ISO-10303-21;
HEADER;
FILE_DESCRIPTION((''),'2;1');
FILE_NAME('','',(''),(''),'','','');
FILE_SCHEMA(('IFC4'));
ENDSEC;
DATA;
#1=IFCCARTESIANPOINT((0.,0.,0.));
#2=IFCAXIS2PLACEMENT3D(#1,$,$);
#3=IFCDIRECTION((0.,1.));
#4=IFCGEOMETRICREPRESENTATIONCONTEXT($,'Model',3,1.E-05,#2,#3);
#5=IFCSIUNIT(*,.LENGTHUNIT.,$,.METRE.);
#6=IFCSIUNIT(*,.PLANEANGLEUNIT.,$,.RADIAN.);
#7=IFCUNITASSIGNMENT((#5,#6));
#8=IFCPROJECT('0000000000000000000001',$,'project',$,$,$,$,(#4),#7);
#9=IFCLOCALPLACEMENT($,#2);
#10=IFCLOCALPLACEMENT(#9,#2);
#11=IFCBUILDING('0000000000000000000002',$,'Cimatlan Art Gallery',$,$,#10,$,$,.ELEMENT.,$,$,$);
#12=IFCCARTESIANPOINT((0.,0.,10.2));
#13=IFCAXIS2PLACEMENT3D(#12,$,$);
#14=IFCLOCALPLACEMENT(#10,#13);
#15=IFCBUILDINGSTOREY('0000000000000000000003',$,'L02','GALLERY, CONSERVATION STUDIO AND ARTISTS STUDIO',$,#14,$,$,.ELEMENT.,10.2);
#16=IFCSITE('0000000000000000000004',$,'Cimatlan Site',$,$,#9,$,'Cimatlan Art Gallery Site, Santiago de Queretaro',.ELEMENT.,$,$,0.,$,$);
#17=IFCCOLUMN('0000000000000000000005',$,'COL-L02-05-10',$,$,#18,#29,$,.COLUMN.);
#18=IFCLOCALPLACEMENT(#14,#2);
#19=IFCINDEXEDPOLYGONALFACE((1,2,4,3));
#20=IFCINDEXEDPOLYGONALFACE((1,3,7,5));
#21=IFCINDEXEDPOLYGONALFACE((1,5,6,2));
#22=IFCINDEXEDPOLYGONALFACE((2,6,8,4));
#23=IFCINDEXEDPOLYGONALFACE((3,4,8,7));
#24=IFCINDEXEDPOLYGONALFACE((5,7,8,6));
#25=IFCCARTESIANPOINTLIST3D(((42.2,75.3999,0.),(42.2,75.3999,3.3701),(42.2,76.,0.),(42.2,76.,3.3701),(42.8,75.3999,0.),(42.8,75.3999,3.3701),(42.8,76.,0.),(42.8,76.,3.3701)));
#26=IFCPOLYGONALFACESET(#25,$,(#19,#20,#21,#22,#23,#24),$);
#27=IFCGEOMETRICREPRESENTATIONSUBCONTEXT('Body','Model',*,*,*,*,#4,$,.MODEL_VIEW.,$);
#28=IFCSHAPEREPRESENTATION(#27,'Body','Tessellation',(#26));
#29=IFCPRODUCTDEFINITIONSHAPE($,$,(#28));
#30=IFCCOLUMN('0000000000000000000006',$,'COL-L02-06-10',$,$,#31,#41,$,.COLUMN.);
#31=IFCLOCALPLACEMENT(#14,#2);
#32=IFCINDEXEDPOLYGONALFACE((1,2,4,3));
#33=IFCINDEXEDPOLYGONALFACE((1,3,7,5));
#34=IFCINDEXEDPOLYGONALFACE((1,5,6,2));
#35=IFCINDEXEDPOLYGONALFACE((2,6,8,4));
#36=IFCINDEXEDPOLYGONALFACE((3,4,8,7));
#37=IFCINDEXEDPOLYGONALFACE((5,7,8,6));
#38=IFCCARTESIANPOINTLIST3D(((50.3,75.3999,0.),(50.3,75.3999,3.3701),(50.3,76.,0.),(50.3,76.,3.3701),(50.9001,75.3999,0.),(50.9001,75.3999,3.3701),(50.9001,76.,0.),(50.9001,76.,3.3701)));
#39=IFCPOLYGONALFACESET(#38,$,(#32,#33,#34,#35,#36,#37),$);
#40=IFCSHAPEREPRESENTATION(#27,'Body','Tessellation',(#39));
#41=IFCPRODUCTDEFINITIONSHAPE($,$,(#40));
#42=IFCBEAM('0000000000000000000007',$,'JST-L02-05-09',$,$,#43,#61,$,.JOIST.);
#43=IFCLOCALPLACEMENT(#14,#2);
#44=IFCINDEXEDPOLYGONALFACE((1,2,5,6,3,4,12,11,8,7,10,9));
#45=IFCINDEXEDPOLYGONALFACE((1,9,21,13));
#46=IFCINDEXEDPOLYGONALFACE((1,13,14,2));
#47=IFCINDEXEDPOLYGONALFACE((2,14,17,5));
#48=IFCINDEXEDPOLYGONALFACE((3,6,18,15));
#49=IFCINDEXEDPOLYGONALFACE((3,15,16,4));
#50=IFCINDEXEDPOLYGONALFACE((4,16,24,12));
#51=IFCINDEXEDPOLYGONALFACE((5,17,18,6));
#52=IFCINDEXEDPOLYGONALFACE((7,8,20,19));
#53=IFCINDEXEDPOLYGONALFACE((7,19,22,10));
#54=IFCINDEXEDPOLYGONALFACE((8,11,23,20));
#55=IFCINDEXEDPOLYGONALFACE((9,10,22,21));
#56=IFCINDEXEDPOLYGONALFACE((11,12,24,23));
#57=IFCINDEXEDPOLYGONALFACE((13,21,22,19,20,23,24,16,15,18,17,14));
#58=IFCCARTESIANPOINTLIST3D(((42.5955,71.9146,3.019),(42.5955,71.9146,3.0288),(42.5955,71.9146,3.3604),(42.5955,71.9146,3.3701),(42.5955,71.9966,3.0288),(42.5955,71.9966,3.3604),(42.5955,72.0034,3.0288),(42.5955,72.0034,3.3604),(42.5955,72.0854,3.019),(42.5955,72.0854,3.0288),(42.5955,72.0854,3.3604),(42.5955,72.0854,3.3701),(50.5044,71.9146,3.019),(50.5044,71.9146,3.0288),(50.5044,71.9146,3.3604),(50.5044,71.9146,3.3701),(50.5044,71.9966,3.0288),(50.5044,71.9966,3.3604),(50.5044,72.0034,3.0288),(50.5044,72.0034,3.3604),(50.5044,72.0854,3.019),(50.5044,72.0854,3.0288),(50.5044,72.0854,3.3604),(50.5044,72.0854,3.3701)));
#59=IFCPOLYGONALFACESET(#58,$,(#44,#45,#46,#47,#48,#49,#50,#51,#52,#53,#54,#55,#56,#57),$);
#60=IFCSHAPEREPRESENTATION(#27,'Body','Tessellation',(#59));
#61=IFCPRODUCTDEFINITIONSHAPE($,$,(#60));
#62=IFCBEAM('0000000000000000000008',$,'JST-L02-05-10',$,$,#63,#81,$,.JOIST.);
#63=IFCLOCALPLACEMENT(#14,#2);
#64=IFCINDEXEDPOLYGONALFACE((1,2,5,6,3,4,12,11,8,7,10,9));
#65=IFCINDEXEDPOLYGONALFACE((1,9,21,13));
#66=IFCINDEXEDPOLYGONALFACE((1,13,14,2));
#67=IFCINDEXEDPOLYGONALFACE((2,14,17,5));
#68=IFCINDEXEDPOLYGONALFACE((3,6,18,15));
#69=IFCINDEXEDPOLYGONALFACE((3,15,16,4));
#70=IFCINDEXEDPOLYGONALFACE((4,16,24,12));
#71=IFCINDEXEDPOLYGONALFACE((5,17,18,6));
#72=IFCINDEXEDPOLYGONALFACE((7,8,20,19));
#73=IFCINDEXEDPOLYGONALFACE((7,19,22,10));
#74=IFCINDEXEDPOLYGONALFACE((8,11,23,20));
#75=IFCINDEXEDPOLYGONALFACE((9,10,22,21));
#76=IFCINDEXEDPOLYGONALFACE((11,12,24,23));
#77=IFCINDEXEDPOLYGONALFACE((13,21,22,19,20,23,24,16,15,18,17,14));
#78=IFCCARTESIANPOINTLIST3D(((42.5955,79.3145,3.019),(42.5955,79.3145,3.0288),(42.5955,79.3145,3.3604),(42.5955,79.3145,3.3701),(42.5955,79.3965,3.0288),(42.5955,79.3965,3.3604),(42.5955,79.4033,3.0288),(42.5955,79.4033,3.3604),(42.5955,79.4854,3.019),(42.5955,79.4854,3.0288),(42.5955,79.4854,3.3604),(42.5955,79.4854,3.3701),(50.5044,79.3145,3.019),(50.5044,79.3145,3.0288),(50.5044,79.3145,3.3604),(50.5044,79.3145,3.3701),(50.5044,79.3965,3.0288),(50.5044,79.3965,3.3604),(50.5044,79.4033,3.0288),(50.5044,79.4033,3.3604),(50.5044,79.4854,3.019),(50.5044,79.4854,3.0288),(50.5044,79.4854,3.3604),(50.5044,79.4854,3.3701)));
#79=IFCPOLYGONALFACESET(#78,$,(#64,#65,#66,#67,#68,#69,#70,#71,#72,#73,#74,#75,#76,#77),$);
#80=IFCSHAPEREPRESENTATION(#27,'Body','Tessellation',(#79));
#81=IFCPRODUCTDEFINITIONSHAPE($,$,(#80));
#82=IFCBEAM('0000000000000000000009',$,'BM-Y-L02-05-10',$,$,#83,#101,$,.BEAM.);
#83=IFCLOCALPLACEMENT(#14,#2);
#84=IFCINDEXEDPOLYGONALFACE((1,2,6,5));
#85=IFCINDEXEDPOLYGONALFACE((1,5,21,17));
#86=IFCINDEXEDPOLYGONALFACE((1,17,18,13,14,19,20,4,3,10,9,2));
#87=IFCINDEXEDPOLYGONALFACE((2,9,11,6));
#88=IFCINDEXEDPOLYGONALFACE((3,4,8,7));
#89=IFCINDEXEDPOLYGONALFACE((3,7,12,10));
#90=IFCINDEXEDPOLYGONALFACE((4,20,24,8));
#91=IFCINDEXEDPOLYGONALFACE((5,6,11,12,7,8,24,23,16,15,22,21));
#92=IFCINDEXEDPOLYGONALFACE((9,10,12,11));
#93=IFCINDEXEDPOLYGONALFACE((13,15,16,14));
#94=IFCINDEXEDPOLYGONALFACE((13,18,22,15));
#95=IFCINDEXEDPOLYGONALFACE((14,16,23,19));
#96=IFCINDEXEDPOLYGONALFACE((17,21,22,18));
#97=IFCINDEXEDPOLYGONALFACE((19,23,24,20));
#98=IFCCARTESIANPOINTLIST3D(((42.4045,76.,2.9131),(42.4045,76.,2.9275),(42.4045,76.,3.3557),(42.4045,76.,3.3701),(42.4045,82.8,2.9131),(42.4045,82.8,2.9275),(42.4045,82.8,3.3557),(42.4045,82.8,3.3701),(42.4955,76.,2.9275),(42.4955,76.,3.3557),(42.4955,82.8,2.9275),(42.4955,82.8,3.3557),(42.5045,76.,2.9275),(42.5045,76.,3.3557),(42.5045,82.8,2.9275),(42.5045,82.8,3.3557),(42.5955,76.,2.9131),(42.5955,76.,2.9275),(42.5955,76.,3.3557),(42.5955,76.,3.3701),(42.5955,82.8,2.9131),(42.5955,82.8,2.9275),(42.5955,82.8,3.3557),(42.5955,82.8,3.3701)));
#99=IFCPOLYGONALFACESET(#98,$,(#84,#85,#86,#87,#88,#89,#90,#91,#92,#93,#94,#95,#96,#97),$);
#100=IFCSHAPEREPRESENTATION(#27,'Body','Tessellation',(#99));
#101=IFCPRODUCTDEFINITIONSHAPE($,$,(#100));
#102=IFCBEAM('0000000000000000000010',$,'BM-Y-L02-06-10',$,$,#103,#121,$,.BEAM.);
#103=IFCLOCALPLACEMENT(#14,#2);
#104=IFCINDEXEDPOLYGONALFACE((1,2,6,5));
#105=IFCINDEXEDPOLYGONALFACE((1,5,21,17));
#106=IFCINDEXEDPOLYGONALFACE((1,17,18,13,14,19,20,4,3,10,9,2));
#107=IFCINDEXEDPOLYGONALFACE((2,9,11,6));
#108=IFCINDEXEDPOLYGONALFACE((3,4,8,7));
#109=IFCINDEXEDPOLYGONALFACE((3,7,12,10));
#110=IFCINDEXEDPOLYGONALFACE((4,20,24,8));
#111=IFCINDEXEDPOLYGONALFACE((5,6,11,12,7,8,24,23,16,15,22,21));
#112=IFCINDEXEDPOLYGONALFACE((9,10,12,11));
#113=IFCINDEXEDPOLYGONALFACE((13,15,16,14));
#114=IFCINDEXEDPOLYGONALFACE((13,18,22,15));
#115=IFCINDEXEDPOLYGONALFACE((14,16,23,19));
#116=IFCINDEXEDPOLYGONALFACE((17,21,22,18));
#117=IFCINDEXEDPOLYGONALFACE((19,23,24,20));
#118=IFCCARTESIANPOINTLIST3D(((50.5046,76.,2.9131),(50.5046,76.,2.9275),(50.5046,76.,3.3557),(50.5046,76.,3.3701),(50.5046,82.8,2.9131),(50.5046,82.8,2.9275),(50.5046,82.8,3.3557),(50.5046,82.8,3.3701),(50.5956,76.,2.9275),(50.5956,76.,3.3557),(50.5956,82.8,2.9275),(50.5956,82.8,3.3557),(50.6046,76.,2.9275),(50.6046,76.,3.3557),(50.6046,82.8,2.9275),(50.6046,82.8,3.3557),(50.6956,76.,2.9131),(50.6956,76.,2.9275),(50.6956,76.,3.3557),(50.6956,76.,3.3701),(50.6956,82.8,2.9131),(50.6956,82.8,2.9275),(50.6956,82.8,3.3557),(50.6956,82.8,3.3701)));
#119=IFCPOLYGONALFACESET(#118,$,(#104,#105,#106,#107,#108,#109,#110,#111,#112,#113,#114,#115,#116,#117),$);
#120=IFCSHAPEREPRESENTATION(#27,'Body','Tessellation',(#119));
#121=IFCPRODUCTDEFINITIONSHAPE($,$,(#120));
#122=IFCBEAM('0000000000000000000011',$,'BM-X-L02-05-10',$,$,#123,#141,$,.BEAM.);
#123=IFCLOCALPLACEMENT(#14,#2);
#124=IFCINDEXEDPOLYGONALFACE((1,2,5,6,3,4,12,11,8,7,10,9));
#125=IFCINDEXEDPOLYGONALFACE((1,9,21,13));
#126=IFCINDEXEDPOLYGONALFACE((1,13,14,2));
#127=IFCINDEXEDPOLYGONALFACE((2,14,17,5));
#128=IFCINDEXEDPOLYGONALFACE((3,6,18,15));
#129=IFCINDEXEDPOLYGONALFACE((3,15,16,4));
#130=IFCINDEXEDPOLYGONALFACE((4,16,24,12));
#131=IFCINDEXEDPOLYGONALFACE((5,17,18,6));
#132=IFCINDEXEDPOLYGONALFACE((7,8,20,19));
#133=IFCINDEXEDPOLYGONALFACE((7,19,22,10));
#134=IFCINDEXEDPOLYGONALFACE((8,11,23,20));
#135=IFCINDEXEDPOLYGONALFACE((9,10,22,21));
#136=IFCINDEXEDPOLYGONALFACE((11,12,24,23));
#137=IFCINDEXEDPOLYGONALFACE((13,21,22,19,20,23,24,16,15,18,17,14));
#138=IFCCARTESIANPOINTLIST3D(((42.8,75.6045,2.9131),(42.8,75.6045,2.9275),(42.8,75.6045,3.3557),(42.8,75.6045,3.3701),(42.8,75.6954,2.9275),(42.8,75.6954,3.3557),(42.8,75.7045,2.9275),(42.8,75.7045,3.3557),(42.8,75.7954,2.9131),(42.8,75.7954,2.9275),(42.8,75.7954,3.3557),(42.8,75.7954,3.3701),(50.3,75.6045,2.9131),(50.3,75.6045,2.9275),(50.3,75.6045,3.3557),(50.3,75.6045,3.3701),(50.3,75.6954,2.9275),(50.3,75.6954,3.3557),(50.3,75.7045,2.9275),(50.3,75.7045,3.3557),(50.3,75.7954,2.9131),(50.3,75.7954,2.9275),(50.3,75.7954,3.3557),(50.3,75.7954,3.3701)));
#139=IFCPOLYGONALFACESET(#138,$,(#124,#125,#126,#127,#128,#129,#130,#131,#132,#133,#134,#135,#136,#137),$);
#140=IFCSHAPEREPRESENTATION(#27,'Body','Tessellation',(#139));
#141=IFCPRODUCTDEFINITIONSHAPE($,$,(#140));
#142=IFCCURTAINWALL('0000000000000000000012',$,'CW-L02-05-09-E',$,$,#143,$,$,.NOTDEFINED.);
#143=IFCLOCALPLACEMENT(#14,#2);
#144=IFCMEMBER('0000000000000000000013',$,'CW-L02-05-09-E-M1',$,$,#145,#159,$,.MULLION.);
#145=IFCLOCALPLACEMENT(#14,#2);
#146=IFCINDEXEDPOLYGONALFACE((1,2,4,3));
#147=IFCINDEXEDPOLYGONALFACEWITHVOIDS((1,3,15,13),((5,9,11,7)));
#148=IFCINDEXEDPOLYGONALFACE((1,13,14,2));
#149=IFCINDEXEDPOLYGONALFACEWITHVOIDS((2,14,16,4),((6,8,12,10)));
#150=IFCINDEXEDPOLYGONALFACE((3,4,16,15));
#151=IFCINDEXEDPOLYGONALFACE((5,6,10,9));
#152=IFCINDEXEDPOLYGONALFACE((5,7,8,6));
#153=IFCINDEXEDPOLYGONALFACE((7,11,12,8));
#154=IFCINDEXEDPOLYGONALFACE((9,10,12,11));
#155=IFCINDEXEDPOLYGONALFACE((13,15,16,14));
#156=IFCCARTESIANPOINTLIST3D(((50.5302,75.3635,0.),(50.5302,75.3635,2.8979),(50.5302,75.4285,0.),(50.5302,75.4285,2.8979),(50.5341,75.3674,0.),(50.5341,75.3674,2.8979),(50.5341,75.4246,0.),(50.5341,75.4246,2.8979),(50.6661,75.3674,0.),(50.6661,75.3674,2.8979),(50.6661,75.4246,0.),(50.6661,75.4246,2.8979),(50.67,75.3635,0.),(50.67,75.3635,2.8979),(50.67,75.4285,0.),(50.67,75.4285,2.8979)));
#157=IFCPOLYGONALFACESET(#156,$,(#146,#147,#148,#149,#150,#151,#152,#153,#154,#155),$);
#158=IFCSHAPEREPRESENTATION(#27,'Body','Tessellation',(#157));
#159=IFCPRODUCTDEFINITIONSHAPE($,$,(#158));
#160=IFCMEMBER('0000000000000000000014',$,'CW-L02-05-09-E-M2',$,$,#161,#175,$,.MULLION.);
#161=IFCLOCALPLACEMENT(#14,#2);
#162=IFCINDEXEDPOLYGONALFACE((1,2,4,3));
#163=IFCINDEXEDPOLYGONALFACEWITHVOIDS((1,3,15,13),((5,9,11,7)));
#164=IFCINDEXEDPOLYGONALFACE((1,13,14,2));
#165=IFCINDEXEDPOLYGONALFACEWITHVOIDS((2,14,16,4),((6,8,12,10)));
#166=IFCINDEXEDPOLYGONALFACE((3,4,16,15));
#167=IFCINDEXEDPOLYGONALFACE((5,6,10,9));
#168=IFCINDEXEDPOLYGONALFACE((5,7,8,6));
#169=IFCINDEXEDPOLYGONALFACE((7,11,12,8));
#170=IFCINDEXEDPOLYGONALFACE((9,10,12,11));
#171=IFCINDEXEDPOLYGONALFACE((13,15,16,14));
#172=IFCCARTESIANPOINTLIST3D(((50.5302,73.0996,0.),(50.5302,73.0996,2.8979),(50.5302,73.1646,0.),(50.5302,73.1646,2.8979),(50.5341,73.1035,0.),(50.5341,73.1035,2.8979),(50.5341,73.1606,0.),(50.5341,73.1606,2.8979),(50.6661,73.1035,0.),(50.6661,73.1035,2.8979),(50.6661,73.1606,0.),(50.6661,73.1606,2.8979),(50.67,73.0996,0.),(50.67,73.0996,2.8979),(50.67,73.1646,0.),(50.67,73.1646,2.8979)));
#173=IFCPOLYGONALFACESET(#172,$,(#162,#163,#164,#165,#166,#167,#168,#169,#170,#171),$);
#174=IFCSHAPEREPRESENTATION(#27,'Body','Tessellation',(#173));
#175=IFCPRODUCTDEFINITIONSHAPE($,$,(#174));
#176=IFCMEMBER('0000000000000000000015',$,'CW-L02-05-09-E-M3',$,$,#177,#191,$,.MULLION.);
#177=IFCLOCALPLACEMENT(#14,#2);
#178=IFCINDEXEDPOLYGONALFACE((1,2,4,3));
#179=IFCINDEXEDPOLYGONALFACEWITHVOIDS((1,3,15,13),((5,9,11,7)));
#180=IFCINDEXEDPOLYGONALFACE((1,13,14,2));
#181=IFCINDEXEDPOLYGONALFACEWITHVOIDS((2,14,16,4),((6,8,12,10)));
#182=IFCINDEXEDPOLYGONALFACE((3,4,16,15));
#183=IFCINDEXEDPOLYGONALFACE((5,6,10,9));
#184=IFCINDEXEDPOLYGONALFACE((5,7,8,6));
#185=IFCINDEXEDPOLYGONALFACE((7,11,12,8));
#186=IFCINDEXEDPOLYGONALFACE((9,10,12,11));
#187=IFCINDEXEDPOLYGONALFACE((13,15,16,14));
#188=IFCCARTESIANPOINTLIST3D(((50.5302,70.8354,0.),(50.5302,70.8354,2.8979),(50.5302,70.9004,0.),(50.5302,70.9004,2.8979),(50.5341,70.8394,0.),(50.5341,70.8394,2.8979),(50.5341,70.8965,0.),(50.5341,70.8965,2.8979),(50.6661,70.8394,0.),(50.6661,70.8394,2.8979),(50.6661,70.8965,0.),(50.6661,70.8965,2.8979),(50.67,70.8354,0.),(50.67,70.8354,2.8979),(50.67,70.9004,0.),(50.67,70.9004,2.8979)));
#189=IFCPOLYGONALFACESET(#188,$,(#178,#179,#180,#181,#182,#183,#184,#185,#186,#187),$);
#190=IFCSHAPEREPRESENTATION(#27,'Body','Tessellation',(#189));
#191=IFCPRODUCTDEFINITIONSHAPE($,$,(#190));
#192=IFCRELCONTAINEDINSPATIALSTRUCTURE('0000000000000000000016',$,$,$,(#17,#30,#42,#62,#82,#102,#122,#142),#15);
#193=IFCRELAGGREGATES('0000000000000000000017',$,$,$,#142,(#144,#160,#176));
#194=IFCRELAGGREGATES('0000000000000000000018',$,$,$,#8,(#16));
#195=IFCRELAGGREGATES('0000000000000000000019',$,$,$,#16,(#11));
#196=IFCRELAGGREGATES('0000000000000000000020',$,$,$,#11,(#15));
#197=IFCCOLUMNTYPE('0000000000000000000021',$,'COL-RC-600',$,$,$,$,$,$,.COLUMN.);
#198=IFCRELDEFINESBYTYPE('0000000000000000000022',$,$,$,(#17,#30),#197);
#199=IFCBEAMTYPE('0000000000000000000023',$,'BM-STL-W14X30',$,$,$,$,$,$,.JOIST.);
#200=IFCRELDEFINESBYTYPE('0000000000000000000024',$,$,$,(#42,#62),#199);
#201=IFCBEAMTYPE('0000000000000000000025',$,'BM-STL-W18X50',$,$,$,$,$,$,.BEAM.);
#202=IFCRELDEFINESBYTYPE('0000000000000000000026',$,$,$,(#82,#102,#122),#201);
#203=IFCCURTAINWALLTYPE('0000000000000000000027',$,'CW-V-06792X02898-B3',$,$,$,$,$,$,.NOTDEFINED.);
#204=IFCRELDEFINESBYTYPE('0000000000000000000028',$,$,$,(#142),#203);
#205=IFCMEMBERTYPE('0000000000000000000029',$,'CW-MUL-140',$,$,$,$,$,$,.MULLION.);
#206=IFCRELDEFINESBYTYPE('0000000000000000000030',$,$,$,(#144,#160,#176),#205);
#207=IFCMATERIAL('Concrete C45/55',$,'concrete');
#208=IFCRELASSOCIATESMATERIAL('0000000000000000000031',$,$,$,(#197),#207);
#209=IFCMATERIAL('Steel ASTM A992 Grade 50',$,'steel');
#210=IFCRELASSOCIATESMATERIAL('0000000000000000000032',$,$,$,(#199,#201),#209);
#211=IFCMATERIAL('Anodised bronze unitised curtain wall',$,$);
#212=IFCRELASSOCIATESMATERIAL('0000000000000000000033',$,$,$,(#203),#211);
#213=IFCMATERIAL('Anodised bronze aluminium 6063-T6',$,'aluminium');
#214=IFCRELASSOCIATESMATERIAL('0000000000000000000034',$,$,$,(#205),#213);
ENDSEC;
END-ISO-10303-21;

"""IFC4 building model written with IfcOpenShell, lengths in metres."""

from ifc_helpers import new_model, si_unit, direction, frame, origin, origin_2d, place, context, subcontext, project, spatial, rectangle, hollow_rectangle, i_section, extrude, material, material_profile, profile_set, type_object, element, aggregate, save


model = new_model("IFC4")

# Units and contexts
model_context = context("Model", 3, precision=1e-05, world=origin(), true_north=direction((0.0, 1.0)))
body_context = subcontext(model_context, "Body", "Model", "MODEL_VIEW")
ifc_project = project(units=[si_unit("LENGTHUNIT", "METRE"), si_unit("PLANEANGLEUNIT", "RADIAN")], contexts=[model_context])

# Site, building, storey
site_placement = place(None, origin())
site = spatial("IfcSite", under=ifc_project, at=site_placement, Name="Cimatlan Site", LongName="Cimatlan Art Gallery Site, Santiago de Queretaro", CompositionType="ELEMENT", RefElevation=0.0)
building_placement = place(site_placement, origin())
building = spatial("IfcBuilding", under=site, at=building_placement, Name="Cimatlan Art Gallery", CompositionType="ELEMENT")
storey_placement = place(building_placement, frame((0.0, 0.0, 10.2)))
storey = spatial("IfcBuildingStorey", under=building, at=storey_placement, Name="L02", Description="GALLERY, CONSERVATION STUDIO AND ARTISTS STUDIO", CompositionType="ELEMENT", Elevation=10.2)

# Columns
ifc_material_1 = material(Name="Concrete C45/55", Category="concrete")
ifc_material_profile_1 = material_profile(ifc_material_1, rectangle(XDim=0.6001, YDim=0.6001, at=origin_2d()), Name="RC600X600")
ifc_profile_set_1 = profile_set([ifc_material_profile_1], Name="Concrete C45/55")
column_type = type_object("IfcColumnType", Name="COL-RC-600", PredefinedType="COLUMN", material=ifc_profile_set_1)
for number, where, z_axis, x_axis, name in (
    (1, (42.5, 75.7, 0.0), (0.0, 0.0, 1.0), (1.0, 0.0, 0.0), "COL-L02-05-10"),
    (2, (50.6001, 75.7, 0.0), (0.0, 0.0, 1.0), (1.0, 0.0, 0.0), "COL-L02-06-10"),
):
    element("IfcColumn", number, at=place(storey_placement, frame(where, z_axis=z_axis, x_axis=x_axis)), inside=storey, type_object=column_type, Name=name, PredefinedType="COLUMN", context=body_context, shape_type="SweptSolid", body=[
        extrude(rectangle(XDim=0.6001, YDim=0.6001, at=origin_2d()), origin(), (0.0, 0.0, 1.0), 3.3701),
    ])

# Beams
ifc_material_2 = material(Name="Steel ASTM A992 Grade 50", Category="steel")
ifc_material_profile_2 = material_profile(ifc_material_2, i_section(OverallWidth=0.1709, OverallDepth=0.3511, WebThickness=0.0068, FlangeThickness=0.0098, at=origin_2d()), Name="W14X30")
ifc_profile_set_2 = profile_set([ifc_material_profile_2], Name="Steel ASTM A992 Grade 50")
beam_type_1 = type_object("IfcBeamType", Name="BM-STL-W14X30", PredefinedType="JOIST", material=ifc_profile_set_2)
for number, where, z_axis, x_axis, name in (
    (3, (42.5955, 72.0, 3.1946), (1.0, 0.0, 0.0), (0.0, 1.0, 0.0), "JST-L02-05-09"),
    (4, (42.5955, 79.3999, 3.1946), (1.0, 0.0, 0.0), (0.0, 1.0, 0.0), "JST-L02-05-10"),
):
    element("IfcBeam", number, at=place(storey_placement, frame(where, z_axis=z_axis, x_axis=x_axis)), inside=storey, type_object=beam_type_1, Name=name, PredefinedType="JOIST", context=body_context, shape_type="SweptSolid", body=[
        extrude(i_section(OverallWidth=0.1709, OverallDepth=0.3511, WebThickness=0.0068, FlangeThickness=0.0098, at=origin_2d()), origin(), (0.0, 0.0, 1.0), 7.9089),
    ])
ifc_material_profile_3 = material_profile(ifc_material_2, i_section(OverallWidth=0.1909, OverallDepth=0.457, WebThickness=0.009, FlangeThickness=0.0144, at=origin_2d()), Name="W18X50")
ifc_profile_set_3 = profile_set([ifc_material_profile_3], Name="Steel ASTM A992 Grade 50")
beam_type_2 = type_object("IfcBeamType", Name="BM-STL-W18X50", PredefinedType="BEAM", material=ifc_profile_set_3)
for number, where, z_axis, x_axis, name in (
    (5, (42.5, 76.0, 3.1416), (0.0, 1.0, 0.0), (-1.0, 0.0, 0.0), "BM-Y-L02-05-10"),
    (6, (50.6001, 76.0, 3.1416), (0.0, 1.0, 0.0), (-1.0, 0.0, 0.0), "BM-Y-L02-06-10"),
):
    element("IfcBeam", number, at=place(storey_placement, frame(where, z_axis=z_axis, x_axis=x_axis)), inside=storey, type_object=beam_type_2, Name=name, PredefinedType="BEAM", context=body_context, shape_type="SweptSolid", body=[
        extrude(i_section(OverallWidth=0.1909, OverallDepth=0.457, WebThickness=0.009, FlangeThickness=0.0144, at=origin_2d()), origin(), (0.0, 0.0, 1.0), 6.8),
    ])
beam_placement = place(storey_placement, frame((42.8, 75.7, 3.1416), z_axis=(1.0, 0.0, 0.0), x_axis=(0.0, 1.0, 0.0)))
element("IfcBeam", 7, at=beam_placement, inside=storey, type_object=beam_type_2, Name="BM-X-L02-05-10", PredefinedType="BEAM", context=body_context, shape_type="SweptSolid", body=[
    extrude(i_section(OverallWidth=0.1909, OverallDepth=0.457, WebThickness=0.009, FlangeThickness=0.0144, at=origin_2d()), origin(), (0.0, 0.0, 1.0), 7.5),
])

# Curtain wall, members
ifc_material_3 = material(Name="Anodised bronze unitised curtain wall")
curtain_wall_type_1 = type_object("IfcCurtainWallType", Name="CW-V-06792X02898-B3", PredefinedType="NOTDEFINED", material=ifc_material_3)
curtain_wall_1_placement = place(storey_placement, origin())
curtain_wall_1 = element("IfcCurtainWall", 8, at=curtain_wall_1_placement, inside=storey, type_object=curtain_wall_type_1, Name="CW-L02-05-09-E", PredefinedType="NOTDEFINED")
ifc_material_4 = material(Name="Anodised bronze aluminium 6063-T6", Category="aluminium")
ifc_material_profile_4 = material_profile(ifc_material_4, hollow_rectangle(XDim=0.0649, YDim=0.1399, WallThickness=0.0039, at=origin_2d()), Name="ALU65X140X4")
ifc_profile_set_4 = profile_set([ifc_material_profile_4], Name="Anodised bronze aluminium 6063-T6")
member_type_1 = type_object("IfcMemberType", Name="CW-MUL-140", PredefinedType="MULLION", material=ifc_profile_set_4)
member_1_placement = place(storey_placement, frame((50.6001, 75.396, 0.0), z_axis=(0.0, 0.0, 1.0), x_axis=(0.0, 1.0, 0.0)))
member_1 = element("IfcMember", 9, at=member_1_placement, type_object=member_type_1, Name="CW-L02-05-09-E-M1", PredefinedType="MULLION", context=body_context, shape_type="SweptSolid", body=[
    extrude(hollow_rectangle(XDim=0.0649, YDim=0.1399, WallThickness=0.0039, at=origin_2d()), origin(), (0.0, 0.0, 1.0), 2.8979),
])
member_2_placement = place(storey_placement, frame((50.6001, 73.1321, 0.0), z_axis=(0.0, 0.0, 1.0), x_axis=(0.0, 1.0, 0.0)))
member_2 = element("IfcMember", 10, at=member_2_placement, type_object=member_type_1, Name="CW-L02-05-09-E-M2", PredefinedType="MULLION", context=body_context, shape_type="SweptSolid", body=[
    extrude(hollow_rectangle(XDim=0.0649, YDim=0.1399, WallThickness=0.0039, at=origin_2d()), origin(), (0.0, 0.0, 1.0), 2.8979),
])
member_3_placement = place(storey_placement, frame((50.6001, 70.8679, 0.0), z_axis=(0.0, 0.0, 1.0), x_axis=(0.0, 1.0, 0.0)))
member_3 = element("IfcMember", 11, at=member_3_placement, type_object=member_type_1, Name="CW-L02-05-09-E-M3", PredefinedType="MULLION", context=body_context, shape_type="SweptSolid", body=[
    extrude(hollow_rectangle(XDim=0.0649, YDim=0.1399, WallThickness=0.0039, at=origin_2d()), origin(), (0.0, 0.0, 1.0), 2.8979),
])

aggregate(curtain_wall_1, [member_1, member_2, member_3])

save(model, "model.ifc")
